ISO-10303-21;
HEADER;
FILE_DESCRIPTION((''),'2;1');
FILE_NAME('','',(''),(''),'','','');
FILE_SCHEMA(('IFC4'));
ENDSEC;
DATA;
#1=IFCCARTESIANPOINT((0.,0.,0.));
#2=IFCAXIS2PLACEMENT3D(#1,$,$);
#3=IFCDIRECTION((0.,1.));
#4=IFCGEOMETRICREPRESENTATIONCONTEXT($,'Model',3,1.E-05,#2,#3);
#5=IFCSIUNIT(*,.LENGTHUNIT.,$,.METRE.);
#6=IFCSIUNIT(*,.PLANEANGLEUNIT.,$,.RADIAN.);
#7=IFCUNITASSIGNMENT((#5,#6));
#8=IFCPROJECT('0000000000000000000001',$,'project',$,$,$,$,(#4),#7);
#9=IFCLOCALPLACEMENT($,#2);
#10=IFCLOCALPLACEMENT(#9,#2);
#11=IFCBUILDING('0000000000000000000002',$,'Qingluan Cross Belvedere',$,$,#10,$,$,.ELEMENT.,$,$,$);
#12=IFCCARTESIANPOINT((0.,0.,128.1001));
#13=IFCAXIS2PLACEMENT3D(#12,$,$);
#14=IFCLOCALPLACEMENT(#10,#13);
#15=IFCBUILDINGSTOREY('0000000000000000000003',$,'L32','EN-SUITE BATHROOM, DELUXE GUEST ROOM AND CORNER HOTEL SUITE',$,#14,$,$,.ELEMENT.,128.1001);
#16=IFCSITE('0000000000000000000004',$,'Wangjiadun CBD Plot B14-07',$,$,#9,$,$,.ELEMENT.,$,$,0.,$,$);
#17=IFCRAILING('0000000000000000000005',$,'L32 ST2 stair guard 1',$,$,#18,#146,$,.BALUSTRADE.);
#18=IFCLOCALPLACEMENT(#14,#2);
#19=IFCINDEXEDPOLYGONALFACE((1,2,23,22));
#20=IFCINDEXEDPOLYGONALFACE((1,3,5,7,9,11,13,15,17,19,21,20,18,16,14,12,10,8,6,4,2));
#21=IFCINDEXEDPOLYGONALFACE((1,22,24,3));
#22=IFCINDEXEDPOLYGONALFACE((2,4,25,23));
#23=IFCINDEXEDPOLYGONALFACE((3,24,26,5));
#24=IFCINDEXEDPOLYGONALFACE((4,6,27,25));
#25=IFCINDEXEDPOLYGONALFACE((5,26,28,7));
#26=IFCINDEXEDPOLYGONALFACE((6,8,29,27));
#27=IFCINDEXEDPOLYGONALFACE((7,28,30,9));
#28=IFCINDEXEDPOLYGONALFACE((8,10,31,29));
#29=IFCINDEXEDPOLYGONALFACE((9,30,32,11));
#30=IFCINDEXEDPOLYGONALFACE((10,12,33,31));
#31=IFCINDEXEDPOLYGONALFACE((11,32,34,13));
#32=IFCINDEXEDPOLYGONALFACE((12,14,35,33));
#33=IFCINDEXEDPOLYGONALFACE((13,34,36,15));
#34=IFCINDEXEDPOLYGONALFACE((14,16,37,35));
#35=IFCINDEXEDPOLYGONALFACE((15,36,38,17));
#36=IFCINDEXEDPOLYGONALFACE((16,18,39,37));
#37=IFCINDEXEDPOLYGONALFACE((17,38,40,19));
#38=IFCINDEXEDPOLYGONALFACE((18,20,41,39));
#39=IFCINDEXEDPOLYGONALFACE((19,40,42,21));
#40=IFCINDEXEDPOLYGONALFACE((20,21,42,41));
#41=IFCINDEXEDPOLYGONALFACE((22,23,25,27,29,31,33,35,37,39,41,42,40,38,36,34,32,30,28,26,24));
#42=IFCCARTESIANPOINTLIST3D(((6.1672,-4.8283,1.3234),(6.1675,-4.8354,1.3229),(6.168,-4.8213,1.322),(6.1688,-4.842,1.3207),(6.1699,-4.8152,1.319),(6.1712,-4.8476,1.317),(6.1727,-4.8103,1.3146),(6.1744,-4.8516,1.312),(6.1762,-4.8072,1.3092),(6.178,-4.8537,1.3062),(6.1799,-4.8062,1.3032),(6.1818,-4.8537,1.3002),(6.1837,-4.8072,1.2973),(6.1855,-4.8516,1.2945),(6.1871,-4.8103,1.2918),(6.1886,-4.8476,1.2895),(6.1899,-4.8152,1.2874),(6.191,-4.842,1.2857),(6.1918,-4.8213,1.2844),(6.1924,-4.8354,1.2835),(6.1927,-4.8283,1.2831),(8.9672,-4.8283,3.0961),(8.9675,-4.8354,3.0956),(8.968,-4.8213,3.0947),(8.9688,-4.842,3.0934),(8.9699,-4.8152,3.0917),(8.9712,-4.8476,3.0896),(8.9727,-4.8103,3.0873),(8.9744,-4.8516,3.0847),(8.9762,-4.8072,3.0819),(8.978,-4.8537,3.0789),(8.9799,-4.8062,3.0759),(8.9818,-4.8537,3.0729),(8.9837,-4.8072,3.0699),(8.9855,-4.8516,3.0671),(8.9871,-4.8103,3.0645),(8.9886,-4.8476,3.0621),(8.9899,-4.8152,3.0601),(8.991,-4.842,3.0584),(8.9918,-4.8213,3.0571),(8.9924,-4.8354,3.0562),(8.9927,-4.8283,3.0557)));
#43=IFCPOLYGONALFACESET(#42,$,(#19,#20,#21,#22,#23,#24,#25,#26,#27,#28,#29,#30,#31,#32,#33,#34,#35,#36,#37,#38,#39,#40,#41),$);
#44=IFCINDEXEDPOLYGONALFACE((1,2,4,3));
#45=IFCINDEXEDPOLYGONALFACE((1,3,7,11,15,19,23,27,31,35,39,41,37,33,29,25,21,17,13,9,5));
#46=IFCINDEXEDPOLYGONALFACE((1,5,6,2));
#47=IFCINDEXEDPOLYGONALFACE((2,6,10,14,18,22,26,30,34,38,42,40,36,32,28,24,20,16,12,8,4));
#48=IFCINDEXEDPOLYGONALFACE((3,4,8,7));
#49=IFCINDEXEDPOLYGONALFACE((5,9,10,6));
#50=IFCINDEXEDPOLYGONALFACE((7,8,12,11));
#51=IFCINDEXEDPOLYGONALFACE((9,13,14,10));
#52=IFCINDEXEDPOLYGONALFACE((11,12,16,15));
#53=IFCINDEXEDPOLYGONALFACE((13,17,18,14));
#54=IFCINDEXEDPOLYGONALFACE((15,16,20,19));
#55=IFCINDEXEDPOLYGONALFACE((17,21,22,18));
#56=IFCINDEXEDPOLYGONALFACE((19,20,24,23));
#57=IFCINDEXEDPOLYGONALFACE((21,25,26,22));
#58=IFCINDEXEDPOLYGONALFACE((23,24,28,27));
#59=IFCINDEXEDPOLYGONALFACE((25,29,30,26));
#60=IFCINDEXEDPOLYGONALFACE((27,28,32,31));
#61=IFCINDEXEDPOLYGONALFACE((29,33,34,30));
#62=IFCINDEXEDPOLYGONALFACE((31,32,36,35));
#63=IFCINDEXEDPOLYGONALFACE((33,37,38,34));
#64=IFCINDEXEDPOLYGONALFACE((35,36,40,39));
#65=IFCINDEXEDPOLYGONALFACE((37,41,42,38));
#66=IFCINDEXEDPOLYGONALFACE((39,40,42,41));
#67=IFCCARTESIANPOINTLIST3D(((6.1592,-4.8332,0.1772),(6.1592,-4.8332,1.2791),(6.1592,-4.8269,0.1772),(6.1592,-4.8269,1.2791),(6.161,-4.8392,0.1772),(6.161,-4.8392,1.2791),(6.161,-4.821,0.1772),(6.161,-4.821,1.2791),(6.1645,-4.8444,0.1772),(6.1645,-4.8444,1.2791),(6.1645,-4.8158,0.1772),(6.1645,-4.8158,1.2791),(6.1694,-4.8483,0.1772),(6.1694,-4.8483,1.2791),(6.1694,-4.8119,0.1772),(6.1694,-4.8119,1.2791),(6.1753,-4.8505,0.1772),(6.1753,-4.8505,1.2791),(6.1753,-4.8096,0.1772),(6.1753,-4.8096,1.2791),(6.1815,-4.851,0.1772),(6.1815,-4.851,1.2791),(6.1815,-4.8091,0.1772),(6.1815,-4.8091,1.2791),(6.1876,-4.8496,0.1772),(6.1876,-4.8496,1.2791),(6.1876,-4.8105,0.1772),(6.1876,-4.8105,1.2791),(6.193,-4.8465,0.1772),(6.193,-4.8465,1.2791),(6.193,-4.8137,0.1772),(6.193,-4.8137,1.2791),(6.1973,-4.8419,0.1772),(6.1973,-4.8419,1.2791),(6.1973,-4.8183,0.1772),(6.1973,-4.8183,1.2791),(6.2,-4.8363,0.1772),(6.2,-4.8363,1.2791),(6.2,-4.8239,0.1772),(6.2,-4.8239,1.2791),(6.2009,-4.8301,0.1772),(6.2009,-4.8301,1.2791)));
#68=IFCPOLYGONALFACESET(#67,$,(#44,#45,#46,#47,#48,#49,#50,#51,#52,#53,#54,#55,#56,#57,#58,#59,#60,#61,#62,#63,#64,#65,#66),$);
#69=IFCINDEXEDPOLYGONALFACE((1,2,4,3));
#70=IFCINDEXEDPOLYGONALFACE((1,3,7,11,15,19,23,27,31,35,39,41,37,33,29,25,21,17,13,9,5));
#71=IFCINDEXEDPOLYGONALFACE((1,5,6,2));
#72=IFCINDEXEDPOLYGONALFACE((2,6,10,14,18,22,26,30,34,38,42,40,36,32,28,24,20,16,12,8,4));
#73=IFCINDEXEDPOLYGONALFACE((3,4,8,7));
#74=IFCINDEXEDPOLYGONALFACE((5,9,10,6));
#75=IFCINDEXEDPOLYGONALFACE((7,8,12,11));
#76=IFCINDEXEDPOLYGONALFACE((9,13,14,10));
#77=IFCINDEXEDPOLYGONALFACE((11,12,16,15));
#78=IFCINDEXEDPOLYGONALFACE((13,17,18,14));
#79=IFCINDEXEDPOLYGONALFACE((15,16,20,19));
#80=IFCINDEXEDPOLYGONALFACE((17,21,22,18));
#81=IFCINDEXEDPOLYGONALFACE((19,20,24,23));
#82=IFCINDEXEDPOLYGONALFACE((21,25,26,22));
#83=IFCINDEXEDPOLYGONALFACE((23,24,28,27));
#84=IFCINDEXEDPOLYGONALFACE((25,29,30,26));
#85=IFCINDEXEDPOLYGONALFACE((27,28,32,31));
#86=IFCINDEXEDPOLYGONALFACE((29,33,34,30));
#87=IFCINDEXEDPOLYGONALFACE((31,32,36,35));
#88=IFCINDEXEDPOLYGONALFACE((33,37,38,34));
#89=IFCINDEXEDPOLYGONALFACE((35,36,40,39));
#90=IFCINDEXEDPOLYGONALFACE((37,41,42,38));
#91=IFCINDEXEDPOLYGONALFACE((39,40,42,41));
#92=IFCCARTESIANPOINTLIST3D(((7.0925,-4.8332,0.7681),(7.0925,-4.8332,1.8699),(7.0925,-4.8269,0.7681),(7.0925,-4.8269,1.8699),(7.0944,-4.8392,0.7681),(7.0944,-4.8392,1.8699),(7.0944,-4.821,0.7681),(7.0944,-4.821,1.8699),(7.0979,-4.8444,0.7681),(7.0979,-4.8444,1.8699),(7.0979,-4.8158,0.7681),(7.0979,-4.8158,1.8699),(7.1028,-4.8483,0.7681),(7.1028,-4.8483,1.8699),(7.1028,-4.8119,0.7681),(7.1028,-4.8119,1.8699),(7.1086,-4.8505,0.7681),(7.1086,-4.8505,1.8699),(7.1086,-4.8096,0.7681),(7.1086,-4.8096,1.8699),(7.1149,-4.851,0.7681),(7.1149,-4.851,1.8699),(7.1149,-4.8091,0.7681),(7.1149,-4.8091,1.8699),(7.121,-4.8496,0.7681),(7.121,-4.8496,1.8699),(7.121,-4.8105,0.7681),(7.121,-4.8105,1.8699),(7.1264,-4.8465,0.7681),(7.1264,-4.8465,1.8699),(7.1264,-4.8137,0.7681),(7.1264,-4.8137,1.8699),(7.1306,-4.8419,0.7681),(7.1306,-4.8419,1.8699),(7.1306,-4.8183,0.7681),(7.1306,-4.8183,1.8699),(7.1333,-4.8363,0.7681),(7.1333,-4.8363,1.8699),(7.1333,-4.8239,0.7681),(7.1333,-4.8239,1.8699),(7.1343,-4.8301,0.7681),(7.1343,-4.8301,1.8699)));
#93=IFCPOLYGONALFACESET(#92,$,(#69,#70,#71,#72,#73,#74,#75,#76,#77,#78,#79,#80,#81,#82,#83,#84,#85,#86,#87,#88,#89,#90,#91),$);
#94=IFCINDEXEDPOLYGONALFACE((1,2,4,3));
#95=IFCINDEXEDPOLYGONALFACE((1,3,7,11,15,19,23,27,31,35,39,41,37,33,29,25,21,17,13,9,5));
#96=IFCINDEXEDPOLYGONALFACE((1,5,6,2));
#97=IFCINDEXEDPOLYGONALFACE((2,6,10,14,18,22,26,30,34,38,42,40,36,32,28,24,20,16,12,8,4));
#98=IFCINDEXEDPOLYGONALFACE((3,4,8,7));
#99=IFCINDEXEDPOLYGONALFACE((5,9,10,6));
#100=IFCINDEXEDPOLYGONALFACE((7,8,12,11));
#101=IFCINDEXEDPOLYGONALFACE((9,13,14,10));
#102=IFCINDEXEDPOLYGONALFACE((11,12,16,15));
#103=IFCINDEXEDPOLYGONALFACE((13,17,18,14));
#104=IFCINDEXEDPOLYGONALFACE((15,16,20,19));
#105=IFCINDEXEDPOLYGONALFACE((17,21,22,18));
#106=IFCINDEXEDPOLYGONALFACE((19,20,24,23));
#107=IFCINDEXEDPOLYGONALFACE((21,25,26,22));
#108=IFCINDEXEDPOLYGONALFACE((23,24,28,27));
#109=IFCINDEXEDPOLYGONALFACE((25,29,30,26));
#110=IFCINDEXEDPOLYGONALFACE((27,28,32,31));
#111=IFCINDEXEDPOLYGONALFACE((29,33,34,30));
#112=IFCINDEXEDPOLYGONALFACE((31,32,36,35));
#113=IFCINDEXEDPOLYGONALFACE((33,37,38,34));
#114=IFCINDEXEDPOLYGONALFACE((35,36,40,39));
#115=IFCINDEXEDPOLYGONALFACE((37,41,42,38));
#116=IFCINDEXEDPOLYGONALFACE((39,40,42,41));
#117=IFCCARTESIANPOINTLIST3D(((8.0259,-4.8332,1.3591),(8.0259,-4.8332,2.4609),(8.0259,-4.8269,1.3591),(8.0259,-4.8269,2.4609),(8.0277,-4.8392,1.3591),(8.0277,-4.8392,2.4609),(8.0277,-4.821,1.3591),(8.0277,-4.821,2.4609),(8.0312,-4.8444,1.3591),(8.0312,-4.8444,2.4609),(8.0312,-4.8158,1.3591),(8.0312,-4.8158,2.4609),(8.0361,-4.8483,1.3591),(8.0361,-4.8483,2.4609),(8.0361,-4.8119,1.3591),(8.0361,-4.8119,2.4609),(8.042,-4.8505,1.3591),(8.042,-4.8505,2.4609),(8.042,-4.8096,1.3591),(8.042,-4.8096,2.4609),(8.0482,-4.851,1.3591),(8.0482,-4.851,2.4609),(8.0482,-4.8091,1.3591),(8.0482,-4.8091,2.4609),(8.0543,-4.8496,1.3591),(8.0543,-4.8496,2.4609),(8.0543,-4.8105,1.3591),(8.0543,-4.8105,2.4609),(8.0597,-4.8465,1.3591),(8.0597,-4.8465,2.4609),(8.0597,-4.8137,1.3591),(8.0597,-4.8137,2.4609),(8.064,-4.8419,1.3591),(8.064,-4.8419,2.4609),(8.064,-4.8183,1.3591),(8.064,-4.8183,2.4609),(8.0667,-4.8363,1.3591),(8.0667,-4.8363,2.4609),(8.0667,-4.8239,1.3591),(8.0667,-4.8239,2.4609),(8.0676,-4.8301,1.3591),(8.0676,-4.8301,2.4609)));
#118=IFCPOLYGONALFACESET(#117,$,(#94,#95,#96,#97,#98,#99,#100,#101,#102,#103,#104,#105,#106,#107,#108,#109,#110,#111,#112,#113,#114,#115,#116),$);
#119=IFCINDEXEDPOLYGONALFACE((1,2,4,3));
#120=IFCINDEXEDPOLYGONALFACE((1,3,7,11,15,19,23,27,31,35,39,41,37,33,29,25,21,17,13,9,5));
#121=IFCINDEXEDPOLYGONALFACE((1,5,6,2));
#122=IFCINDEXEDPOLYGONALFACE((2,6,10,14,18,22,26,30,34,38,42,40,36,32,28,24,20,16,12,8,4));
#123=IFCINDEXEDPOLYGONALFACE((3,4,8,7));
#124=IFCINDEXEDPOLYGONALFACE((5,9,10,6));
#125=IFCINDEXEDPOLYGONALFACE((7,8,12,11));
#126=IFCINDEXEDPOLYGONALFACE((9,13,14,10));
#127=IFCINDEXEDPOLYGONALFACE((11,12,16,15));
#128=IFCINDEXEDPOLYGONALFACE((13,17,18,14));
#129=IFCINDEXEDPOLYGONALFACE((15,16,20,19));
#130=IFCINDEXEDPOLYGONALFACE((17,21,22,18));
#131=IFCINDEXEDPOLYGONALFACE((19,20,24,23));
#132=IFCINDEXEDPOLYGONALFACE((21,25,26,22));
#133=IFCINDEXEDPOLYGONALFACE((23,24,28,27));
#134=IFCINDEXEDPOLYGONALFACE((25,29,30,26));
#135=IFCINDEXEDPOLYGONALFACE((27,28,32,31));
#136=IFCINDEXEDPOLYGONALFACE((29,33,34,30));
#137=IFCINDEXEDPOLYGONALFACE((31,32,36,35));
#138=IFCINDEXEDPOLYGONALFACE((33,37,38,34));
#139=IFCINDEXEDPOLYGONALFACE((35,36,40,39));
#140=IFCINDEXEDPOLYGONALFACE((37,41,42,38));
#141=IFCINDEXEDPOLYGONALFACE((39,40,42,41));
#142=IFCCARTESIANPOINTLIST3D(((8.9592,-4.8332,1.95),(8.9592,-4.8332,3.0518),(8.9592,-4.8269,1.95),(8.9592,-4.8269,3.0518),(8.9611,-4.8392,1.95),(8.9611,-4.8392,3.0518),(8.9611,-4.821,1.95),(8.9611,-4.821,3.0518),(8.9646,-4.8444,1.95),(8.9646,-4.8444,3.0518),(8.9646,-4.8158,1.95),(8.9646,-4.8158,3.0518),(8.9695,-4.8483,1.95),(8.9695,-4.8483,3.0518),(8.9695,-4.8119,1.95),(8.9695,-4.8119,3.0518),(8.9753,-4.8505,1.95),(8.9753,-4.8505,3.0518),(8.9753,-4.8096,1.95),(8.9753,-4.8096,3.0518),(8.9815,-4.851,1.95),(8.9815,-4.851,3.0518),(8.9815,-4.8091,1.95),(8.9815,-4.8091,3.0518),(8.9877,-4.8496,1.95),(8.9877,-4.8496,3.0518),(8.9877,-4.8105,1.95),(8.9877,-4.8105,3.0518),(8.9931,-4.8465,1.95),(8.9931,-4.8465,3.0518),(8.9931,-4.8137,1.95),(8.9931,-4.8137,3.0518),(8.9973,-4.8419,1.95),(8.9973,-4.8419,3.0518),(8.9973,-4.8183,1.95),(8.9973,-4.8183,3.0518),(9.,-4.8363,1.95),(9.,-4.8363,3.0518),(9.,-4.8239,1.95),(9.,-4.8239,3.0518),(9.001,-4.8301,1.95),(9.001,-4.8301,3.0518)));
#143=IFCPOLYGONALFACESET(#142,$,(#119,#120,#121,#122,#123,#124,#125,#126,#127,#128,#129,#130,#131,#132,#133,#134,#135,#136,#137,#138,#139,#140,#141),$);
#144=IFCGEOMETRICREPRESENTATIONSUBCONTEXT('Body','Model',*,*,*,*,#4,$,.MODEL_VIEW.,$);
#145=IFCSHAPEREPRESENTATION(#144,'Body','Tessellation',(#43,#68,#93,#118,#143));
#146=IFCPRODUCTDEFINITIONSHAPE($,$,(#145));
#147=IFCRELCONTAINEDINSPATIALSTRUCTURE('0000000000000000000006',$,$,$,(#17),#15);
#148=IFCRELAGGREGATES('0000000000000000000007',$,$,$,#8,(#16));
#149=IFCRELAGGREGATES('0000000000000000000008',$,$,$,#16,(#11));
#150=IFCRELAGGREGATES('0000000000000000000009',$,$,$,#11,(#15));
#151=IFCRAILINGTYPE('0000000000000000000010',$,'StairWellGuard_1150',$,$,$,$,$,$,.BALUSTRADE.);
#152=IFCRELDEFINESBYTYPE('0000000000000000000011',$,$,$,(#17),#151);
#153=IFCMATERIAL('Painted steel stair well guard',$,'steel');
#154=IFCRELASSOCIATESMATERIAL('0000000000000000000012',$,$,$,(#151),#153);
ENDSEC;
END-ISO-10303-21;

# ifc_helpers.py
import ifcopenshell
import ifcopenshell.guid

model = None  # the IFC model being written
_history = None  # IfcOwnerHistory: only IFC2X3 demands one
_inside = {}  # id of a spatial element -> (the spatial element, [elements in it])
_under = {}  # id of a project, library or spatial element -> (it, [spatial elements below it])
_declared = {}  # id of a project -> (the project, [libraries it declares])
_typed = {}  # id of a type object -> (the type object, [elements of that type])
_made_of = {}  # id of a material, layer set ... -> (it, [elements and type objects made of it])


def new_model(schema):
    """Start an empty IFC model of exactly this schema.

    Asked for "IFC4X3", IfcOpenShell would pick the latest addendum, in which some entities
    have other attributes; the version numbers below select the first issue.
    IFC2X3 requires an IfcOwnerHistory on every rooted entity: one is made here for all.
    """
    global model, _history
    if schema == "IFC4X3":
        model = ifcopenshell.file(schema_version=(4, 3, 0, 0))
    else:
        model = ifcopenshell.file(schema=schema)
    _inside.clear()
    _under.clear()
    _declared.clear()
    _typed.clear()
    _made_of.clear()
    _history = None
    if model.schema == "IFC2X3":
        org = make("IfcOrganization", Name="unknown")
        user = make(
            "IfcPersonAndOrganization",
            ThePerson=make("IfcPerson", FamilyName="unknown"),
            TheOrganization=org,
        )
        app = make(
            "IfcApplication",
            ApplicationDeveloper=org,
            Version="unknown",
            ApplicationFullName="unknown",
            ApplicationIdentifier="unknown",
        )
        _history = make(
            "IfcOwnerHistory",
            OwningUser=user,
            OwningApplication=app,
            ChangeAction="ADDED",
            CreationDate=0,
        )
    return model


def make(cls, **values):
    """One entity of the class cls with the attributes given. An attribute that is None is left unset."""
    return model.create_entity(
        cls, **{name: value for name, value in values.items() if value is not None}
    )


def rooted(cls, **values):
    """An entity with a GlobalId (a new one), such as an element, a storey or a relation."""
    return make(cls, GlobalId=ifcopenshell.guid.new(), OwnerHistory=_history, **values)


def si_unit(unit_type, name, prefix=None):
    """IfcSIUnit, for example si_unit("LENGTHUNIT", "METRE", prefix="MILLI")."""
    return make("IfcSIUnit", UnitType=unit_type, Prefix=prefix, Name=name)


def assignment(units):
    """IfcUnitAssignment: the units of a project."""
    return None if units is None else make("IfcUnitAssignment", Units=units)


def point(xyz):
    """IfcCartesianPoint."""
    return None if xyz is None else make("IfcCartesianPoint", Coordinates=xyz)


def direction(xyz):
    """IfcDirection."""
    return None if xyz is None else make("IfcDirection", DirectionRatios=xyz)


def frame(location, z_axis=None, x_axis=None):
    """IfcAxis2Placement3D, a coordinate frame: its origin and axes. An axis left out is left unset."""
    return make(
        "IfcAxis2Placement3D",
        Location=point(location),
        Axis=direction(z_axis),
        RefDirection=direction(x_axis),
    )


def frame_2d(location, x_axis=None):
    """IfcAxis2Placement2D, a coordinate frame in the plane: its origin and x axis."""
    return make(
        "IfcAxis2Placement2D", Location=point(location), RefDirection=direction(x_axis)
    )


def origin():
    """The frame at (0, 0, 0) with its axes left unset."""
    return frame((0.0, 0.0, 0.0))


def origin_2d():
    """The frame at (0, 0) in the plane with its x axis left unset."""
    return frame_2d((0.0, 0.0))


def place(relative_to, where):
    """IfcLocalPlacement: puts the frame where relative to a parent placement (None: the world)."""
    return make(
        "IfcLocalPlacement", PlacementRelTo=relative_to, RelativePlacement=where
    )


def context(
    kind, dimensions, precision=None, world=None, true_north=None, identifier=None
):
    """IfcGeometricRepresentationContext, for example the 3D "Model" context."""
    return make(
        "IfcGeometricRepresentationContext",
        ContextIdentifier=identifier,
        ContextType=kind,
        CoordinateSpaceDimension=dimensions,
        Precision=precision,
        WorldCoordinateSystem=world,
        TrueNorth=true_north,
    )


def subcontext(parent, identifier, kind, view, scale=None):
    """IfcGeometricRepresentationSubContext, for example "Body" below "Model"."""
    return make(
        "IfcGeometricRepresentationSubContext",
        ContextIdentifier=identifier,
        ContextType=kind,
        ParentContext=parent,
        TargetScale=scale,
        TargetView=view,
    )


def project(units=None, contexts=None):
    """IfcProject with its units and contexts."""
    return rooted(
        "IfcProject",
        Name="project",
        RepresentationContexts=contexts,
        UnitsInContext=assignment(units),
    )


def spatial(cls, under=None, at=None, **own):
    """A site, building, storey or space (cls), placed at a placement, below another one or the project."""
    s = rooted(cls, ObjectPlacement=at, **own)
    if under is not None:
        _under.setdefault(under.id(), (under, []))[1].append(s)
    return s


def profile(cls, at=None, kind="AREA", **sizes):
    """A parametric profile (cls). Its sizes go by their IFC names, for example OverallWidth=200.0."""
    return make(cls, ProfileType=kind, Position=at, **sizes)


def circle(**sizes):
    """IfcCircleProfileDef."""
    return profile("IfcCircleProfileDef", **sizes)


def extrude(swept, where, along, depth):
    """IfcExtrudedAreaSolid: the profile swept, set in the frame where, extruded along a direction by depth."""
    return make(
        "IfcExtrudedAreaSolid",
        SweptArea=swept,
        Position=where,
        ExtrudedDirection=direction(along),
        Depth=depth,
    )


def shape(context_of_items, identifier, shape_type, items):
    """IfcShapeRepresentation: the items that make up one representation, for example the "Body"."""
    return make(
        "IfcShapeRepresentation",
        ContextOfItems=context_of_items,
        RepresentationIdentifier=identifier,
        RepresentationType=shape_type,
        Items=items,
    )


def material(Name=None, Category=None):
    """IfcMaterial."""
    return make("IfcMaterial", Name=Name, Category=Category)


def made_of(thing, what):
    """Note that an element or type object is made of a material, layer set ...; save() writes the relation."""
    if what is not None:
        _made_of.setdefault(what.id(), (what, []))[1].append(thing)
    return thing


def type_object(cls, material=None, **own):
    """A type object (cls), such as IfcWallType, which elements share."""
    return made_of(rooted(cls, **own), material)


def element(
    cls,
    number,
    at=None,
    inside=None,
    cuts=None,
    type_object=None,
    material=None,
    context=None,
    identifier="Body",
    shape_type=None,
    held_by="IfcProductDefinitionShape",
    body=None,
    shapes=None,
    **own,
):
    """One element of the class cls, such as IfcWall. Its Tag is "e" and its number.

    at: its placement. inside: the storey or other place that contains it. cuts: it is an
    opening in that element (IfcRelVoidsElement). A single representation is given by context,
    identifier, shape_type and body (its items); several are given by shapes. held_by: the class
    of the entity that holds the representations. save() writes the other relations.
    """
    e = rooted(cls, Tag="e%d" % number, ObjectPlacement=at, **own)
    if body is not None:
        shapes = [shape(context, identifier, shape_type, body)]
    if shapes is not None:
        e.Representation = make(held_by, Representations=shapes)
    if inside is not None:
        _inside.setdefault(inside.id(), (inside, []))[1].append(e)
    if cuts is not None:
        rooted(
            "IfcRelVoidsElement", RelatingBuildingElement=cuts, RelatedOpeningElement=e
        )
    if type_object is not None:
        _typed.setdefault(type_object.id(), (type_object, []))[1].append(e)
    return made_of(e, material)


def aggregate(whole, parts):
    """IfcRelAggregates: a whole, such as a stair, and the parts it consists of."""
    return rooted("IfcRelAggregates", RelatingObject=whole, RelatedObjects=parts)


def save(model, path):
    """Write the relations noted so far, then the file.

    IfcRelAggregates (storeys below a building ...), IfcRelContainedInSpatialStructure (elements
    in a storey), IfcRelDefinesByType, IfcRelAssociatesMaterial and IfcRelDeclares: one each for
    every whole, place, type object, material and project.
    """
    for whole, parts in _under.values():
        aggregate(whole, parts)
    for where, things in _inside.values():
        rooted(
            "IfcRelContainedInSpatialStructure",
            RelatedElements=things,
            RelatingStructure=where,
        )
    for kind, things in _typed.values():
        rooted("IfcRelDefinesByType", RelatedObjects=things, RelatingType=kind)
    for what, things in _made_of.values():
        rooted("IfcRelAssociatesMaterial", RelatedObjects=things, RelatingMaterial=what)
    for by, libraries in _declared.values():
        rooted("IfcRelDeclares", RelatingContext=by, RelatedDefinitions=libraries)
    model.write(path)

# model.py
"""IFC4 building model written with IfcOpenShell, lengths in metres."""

from ifc_helpers import new_model, si_unit, direction, frame, origin, origin_2d, place, context, subcontext, project, spatial, circle, extrude, material, type_object, element, save


model = new_model("IFC4")

# Units and contexts
model_context = context("Model", 3, precision=1e-05, world=origin(), true_north=direction((0.0, 1.0)))
body_context = subcontext(model_context, "Body", "Model", "MODEL_VIEW")
ifc_project = project(units=[si_unit("LENGTHUNIT", "METRE"), si_unit("PLANEANGLEUNIT", "RADIAN")], contexts=[model_context])

# Site, building, storey
site_placement = place(None, origin())
site = spatial("IfcSite", under=ifc_project, at=site_placement, Name="Wangjiadun CBD Plot B14-07", CompositionType="ELEMENT", RefElevation=0.0)
building_placement = place(site_placement, origin())
building = spatial("IfcBuilding", under=site, at=building_placement, Name="Qingluan Cross Belvedere", CompositionType="ELEMENT")
storey_placement = place(building_placement, frame((0.0, 0.0, 128.1001)))
storey = spatial("IfcBuildingStorey", under=building, at=storey_placement, Name="L32", Description="EN-SUITE BATHROOM, DELUXE GUEST ROOM AND CORNER HOTEL SUITE", CompositionType="ELEMENT", Elevation=128.1001)

# Railing
ifc_material_1 = material(Name="Painted steel stair well guard", Category="steel")
railing_type_1 = type_object("IfcRailingType", Name="StairWellGuard_1150", PredefinedType="BALUSTRADE", material=ifc_material_1)
railing_1_placement = place(storey_placement, frame((6.1799, -4.8301, 0.1772)))
element("IfcRailing", 1, at=railing_1_placement, inside=storey, type_object=railing_type_1, Name="L32 ST2 stair guard 1", PredefinedType="BALUSTRADE", context=body_context, shape_type="SweptSolid", body=[
    extrude(circle(Radius=0.0239, at=origin_2d()), frame((0.0, 0.0, 1.126), z_axis=(0.844909, 0.0, 0.53491), x_axis=(0.0, 1.0, 0.0)), (0.0, 0.0, 1.0), 3.314),
    extrude(circle(Radius=0.021, at=origin_2d()), origin(), (0.0, 0.0, 1.0), 1.1018),
    extrude(circle(Radius=0.021, at=origin_2d()), frame((0.9333, 0.0, 0.5908)), (0.0, 0.0, 1.0), 1.1018),
    extrude(circle(Radius=0.021, at=origin_2d()), frame((1.8667, 0.0, 1.1819)), (0.0, 0.0, 1.0), 1.1018),
    extrude(circle(Radius=0.021, at=origin_2d()), frame((2.8, 0.0, 1.7727)), (0.0, 0.0, 1.0), 1.1018),
])

save(model, "model.ifc")
